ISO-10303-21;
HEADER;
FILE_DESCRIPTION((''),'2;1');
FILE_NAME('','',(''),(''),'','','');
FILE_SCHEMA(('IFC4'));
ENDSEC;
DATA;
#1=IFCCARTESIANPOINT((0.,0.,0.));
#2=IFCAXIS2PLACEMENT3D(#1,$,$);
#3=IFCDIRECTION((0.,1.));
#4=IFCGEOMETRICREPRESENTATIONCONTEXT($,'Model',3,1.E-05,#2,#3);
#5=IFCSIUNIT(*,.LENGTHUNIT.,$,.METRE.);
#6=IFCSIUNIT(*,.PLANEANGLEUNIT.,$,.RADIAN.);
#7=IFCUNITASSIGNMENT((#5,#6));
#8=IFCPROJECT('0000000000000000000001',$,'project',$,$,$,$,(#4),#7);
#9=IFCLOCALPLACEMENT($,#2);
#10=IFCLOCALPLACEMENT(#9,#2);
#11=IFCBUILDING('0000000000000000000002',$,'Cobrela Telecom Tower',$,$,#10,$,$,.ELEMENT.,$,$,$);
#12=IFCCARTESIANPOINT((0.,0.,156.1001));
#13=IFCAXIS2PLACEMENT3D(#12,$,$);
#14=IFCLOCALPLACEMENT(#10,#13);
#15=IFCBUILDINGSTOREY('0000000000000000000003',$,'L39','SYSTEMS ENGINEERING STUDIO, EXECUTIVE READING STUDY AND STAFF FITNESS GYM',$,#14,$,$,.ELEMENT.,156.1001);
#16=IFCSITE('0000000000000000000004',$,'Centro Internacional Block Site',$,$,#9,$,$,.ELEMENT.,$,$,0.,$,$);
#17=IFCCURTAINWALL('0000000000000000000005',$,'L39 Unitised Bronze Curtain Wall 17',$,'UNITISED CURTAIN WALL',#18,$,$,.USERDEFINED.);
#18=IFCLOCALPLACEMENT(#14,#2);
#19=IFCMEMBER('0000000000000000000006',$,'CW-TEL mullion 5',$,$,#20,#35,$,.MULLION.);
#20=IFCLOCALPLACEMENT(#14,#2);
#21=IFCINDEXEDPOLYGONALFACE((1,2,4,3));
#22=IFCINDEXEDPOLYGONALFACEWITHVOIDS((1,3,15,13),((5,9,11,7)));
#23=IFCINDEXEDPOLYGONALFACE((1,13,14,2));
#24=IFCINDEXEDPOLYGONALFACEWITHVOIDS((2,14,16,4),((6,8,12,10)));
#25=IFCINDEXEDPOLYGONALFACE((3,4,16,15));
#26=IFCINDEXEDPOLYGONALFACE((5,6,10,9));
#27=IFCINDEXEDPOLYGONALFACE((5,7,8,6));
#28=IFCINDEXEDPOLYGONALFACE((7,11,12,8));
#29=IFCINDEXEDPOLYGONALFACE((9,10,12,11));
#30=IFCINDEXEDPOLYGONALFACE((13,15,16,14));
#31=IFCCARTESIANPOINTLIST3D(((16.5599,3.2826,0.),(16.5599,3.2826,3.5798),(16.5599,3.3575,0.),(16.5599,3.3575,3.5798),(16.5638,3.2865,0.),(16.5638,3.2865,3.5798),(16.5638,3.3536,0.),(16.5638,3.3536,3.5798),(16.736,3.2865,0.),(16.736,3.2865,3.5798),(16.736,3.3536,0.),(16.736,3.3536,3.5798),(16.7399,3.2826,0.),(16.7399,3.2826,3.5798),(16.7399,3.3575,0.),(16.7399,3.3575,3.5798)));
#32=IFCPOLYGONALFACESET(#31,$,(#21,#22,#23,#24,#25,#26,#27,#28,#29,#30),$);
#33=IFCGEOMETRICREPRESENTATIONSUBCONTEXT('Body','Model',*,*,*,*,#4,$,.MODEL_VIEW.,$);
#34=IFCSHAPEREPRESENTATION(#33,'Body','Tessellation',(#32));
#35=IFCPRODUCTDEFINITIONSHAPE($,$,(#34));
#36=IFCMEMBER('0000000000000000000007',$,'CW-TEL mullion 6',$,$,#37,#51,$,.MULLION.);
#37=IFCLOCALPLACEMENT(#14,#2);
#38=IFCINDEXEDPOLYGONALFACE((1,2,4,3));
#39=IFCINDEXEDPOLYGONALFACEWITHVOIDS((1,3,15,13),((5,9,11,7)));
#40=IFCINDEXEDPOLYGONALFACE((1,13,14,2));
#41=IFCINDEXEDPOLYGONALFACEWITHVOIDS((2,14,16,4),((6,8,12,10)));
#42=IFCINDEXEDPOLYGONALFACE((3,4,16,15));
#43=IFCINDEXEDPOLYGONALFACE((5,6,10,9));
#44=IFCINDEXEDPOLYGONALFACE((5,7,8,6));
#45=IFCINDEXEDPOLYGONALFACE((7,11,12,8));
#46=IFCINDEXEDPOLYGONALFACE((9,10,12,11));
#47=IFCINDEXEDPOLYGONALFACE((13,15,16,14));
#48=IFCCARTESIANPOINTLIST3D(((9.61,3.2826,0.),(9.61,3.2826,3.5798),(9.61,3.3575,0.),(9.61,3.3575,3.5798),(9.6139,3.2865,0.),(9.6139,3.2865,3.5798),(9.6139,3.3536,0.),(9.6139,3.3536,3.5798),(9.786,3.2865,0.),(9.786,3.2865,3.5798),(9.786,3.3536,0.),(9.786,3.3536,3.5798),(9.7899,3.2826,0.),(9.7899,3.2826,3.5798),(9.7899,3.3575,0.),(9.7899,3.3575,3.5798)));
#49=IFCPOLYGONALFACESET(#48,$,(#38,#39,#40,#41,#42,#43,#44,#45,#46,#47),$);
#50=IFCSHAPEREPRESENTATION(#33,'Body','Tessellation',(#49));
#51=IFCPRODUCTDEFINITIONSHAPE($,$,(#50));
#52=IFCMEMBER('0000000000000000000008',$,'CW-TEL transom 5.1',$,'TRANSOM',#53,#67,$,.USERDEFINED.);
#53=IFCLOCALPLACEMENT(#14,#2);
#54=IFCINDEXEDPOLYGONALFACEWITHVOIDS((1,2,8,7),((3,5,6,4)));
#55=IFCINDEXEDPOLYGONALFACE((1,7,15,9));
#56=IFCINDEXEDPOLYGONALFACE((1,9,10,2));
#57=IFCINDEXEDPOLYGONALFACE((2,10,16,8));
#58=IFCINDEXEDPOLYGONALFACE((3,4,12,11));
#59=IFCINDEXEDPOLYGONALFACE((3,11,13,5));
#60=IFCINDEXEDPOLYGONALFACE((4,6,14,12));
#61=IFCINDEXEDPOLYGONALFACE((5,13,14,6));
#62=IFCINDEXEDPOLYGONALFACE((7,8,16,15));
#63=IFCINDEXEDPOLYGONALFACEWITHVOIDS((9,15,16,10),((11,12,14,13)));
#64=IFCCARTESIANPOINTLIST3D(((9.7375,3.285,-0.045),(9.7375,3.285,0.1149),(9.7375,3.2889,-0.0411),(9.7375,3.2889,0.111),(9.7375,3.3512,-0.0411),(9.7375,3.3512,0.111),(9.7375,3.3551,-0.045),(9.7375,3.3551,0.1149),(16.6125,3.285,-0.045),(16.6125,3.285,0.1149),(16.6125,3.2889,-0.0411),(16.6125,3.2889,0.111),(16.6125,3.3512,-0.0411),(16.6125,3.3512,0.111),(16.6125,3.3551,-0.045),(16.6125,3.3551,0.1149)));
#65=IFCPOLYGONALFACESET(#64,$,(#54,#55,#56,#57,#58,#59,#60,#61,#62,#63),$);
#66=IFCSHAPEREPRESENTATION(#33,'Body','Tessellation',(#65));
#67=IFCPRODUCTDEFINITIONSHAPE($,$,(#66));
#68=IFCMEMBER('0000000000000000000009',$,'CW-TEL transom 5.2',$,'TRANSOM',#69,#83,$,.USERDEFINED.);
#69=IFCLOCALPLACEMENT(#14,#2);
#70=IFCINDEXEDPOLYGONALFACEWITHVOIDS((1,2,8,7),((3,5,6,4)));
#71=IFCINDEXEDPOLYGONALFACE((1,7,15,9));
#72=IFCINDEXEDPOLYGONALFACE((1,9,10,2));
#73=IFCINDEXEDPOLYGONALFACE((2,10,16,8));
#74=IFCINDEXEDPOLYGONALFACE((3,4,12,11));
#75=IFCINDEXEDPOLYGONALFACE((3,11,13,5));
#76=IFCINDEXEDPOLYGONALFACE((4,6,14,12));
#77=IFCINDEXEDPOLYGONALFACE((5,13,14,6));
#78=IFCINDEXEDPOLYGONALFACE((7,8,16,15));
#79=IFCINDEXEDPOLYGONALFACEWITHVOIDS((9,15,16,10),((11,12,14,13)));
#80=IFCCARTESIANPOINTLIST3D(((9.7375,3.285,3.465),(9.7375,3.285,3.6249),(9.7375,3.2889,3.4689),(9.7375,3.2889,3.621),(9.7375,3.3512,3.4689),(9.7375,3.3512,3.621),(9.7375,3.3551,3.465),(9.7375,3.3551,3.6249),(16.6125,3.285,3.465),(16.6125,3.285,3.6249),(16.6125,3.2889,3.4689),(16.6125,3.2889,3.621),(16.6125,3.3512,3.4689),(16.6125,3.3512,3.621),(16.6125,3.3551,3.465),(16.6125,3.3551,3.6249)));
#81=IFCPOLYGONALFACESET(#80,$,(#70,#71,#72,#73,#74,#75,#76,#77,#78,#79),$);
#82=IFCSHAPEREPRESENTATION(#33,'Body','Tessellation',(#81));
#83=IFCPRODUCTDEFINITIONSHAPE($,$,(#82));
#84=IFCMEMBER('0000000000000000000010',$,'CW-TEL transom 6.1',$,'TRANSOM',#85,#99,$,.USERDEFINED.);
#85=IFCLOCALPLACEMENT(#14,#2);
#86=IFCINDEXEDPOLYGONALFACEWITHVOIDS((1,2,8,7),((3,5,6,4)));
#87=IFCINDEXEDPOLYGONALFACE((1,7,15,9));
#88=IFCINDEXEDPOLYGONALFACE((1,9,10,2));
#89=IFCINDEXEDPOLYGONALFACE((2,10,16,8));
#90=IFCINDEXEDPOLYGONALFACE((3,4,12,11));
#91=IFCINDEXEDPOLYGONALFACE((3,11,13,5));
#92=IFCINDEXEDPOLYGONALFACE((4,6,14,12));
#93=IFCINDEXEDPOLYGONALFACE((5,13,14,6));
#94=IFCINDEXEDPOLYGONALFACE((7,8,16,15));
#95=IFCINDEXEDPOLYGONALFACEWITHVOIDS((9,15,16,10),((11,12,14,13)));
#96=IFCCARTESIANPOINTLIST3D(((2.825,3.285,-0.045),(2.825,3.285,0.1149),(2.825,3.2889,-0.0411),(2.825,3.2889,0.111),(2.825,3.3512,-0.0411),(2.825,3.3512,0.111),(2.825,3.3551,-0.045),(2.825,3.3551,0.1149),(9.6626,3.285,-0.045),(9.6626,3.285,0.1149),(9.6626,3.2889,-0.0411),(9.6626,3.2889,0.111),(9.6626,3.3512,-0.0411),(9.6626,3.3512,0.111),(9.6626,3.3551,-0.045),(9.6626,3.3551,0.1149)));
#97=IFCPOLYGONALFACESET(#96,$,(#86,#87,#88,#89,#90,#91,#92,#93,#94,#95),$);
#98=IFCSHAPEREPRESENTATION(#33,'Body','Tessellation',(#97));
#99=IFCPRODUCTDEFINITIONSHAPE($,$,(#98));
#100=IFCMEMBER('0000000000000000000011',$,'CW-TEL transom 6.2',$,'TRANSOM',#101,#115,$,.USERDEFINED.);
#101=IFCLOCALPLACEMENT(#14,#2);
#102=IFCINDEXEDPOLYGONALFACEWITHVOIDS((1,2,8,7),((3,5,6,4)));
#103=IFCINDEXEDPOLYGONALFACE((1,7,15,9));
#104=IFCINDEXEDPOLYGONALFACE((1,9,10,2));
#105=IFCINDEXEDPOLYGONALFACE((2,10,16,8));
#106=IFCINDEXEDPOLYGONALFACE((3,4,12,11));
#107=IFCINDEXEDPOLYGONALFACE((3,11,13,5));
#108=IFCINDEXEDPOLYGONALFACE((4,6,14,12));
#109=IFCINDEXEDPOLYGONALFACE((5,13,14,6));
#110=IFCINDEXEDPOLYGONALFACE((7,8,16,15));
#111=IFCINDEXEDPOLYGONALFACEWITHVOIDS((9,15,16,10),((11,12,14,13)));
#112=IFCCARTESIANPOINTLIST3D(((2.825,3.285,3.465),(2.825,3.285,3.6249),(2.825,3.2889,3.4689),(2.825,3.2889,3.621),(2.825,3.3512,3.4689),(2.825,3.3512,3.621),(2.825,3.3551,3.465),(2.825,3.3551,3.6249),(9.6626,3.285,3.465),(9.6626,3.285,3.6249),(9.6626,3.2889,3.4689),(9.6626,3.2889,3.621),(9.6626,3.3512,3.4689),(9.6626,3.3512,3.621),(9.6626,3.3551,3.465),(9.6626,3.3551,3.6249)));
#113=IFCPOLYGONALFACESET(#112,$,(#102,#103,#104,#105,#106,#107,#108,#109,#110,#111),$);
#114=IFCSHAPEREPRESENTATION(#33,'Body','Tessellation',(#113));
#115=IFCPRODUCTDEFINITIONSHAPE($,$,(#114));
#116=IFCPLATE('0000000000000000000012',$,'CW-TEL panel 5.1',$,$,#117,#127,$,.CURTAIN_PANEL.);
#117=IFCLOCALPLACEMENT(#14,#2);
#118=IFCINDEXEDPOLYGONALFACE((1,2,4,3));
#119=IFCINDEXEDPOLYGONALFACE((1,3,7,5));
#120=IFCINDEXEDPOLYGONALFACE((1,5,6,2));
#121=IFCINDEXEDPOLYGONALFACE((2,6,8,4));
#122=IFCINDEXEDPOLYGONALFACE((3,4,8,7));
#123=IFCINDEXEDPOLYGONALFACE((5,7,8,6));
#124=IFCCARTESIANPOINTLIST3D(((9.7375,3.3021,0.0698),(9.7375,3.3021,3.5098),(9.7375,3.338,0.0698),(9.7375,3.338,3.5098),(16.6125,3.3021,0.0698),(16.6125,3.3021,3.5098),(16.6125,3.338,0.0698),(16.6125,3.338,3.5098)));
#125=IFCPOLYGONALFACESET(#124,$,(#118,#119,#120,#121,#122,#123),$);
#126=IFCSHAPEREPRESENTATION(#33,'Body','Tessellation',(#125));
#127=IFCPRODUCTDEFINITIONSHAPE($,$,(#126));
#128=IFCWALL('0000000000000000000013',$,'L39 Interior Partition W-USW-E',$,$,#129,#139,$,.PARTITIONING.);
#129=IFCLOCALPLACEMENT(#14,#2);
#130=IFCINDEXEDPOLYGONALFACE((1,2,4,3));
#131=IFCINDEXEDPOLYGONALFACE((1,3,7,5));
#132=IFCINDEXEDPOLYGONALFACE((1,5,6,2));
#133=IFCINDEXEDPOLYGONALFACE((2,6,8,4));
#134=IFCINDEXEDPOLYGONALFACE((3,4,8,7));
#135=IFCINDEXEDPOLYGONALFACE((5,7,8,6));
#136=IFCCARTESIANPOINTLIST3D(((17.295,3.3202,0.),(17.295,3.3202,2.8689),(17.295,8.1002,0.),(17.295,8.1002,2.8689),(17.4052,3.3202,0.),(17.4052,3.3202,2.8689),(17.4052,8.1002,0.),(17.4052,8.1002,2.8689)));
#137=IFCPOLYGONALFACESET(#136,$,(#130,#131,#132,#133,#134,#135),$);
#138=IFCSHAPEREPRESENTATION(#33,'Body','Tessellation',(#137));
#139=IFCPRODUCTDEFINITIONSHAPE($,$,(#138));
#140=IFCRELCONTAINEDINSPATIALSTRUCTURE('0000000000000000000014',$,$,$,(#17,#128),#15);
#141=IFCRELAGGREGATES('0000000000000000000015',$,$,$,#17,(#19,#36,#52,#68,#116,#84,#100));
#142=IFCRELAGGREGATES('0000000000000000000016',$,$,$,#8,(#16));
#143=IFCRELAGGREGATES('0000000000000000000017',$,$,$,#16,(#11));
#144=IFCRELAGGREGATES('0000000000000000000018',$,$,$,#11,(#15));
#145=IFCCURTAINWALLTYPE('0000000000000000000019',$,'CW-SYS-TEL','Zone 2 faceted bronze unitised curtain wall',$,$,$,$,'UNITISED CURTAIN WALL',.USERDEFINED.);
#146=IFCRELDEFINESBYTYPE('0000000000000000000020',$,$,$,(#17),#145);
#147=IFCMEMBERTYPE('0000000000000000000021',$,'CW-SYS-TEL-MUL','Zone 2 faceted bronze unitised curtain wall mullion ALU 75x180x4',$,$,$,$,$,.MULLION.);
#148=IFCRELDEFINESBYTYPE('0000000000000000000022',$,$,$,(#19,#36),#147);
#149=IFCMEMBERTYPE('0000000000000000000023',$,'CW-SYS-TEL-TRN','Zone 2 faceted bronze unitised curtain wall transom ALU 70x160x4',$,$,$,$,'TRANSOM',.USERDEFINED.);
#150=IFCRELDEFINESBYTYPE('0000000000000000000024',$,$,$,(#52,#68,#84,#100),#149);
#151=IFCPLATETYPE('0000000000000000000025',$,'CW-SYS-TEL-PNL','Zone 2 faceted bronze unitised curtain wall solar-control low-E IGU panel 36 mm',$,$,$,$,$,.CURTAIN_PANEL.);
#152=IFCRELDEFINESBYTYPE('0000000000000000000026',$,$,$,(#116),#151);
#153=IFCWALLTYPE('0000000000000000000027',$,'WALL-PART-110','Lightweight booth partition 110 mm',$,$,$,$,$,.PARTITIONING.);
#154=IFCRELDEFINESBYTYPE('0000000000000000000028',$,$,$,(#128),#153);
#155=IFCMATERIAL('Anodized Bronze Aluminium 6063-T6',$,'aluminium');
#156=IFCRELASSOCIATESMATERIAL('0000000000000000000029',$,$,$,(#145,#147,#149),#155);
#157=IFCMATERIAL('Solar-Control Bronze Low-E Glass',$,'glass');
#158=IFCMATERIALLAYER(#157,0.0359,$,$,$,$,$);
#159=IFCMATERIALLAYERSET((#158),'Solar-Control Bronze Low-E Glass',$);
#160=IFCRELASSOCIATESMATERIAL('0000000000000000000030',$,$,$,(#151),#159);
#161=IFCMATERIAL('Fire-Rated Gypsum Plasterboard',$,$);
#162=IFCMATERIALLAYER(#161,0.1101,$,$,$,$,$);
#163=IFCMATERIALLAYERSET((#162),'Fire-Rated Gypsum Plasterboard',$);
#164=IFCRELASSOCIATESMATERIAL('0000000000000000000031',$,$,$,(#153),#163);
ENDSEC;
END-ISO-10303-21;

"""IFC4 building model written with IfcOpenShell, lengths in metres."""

from ifc_helpers import new_model, si_unit, direction, frame, frame_2d, origin, origin_2d, place, context, subcontext, project, spatial, rectangle, hollow_rectangle, extrude, material, layer, layer_set, material_profile, profile_set, type_object, element, aggregate, save


model = new_model("IFC4")

# Units and contexts
model_context = context("Model", 3, precision=1e-05, world=origin(), true_north=direction((0.0, 1.0)))
body_context = subcontext(model_context, "Body", "Model", "MODEL_VIEW")
ifc_project = project(units=[si_unit("LENGTHUNIT", "METRE"), si_unit("PLANEANGLEUNIT", "RADIAN")], contexts=[model_context])

# Site, building, storey
site_placement = place(None, origin())
site = spatial("IfcSite", under=ifc_project, at=site_placement, Name="Centro Internacional Block Site", CompositionType="ELEMENT", RefElevation=0.0)
building_placement = place(site_placement, origin())
building = spatial("IfcBuilding", under=site, at=building_placement, Name="Cobrela Telecom Tower", CompositionType="ELEMENT")
storey_placement = place(building_placement, frame((0.0, 0.0, 156.1001)))
storey = spatial("IfcBuildingStorey", under=building, at=storey_placement, Name="L39", Description="SYSTEMS ENGINEERING STUDIO, EXECUTIVE READING STUDY AND STAFF FITNESS GYM", CompositionType="ELEMENT", Elevation=156.1001)

# Curtain wall, members, plate
ifc_material_1 = material(Name="Anodized Bronze Aluminium 6063-T6", Category="aluminium")
curtain_wall_type = type_object("IfcCurtainWallType", Name="CW-SYS-TEL", Description="Zone 2 faceted bronze unitised curtain wall", ElementType="UNITISED CURTAIN WALL", PredefinedType="USERDEFINED", material=ifc_material_1)
curtain_wall_placement = place(storey_placement, origin())
curtain_wall = element("IfcCurtainWall", 1, at=curtain_wall_placement, inside=storey, type_object=curtain_wall_type, Name="L39 Unitised Bronze Curtain Wall 17", ObjectType="UNITISED CURTAIN WALL", PredefinedType="USERDEFINED")
ifc_material_profile_1 = material_profile(ifc_material_1, hollow_rectangle(XDim=0.075, YDim=0.1799, WallThickness=0.0039, at=origin_2d()), Name="ALU 75x180x4")
ifc_profile_set_1 = profile_set([ifc_material_profile_1], Name="Anodized Bronze Aluminium 6063-T6")
member_type_1 = type_object("IfcMemberType", Name="CW-SYS-TEL-MUL", Description="Zone 2 faceted bronze unitised curtain wall mullion ALU 75x180x4", PredefinedType="MULLION", material=ifc_profile_set_1)
member_1_placement = place(storey_placement, frame((16.6499, 3.3201, 0.0), z_axis=(0.0, 0.0, 1.0), x_axis=(0.0, -1.0, 0.0)))
member_1 = element("IfcMember", 2, at=member_1_placement, type_object=member_type_1, Name="CW-TEL mullion 5", PredefinedType="MULLION", context=body_context, shape_type="SweptSolid", body=[
    extrude(hollow_rectangle(XDim=0.075, YDim=0.1799, WallThickness=0.0039, at=origin_2d()), origin(), (0.0, 0.0, 1.0), 3.5798),
])
member_2_placement = place(storey_placement, frame((9.7, 3.3201, 0.0), z_axis=(0.0, 0.0, 1.0), x_axis=(0.0, -1.0, 0.0)))
member_2 = element("IfcMember", 3, at=member_2_placement, type_object=member_type_1, Name="CW-TEL mullion 6", PredefinedType="MULLION", context=body_context, shape_type="SweptSolid", body=[
    extrude(hollow_rectangle(XDim=0.075, YDim=0.1799, WallThickness=0.0039, at=origin_2d()), origin(), (0.0, 0.0, 1.0), 3.5798),
])
ifc_material_profile_2 = material_profile(ifc_material_1, hollow_rectangle(XDim=0.0701, YDim=0.1599, WallThickness=0.0039, at=origin_2d()), Name="ALU 70x160x4")
ifc_profile_set_2 = profile_set([ifc_material_profile_2], Name="Anodized Bronze Aluminium 6063-T6")
member_type_2 = type_object("IfcMemberType", Name="CW-SYS-TEL-TRN", Description="Zone 2 faceted bronze unitised curtain wall transom ALU 70x160x4", ElementType="TRANSOM", PredefinedType="USERDEFINED", material=ifc_profile_set_2)
member_3_placement = place(storey_placement, frame((16.6125, 3.3201, 0.0349), z_axis=(-1.0, 0.0, 0.0), x_axis=(0.0, -1.0, 0.0)))
member_3 = element("IfcMember", 4, at=member_3_placement, type_object=member_type_2, Name="CW-TEL transom 5.1", ObjectType="TRANSOM", PredefinedType="USERDEFINED", context=body_context, shape_type="SweptSolid", body=[
    extrude(hollow_rectangle(XDim=0.0701, YDim=0.1599, WallThickness=0.0039, at=origin_2d()), origin(), (0.0, 0.0, 1.0), 6.875),
])
member_4_placement = place(storey_placement, frame((16.6125, 3.3201, 3.5449), z_axis=(-1.0, 0.0, 0.0), x_axis=(0.0, -1.0, 0.0)))
member_4 = element("IfcMember", 5, at=member_4_placement, type_object=member_type_2, Name="CW-TEL transom 5.2", ObjectType="TRANSOM", PredefinedType="USERDEFINED", context=body_context, shape_type="SweptSolid", body=[
    extrude(hollow_rectangle(XDim=0.0701, YDim=0.1599, WallThickness=0.0039, at=origin_2d()), origin(), (0.0, 0.0, 1.0), 6.875),
])
member_5_placement = place(storey_placement, frame((9.6626, 3.3201, 0.0349), z_axis=(-1.0, 0.0, 0.0), x_axis=(0.0, -1.0, 0.0)))
member_5 = element("IfcMember", 6, at=member_5_placement, type_object=member_type_2, Name="CW-TEL transom 6.1", ObjectType="TRANSOM", PredefinedType="USERDEFINED", context=body_context, shape_type="SweptSolid", body=[
    extrude(hollow_rectangle(XDim=0.0701, YDim=0.1599, WallThickness=0.0039, at=origin_2d()), origin(), (0.0, 0.0, 1.0), 6.8376),
])
member_6_placement = place(storey_placement, frame((9.6626, 3.3201, 3.5449), z_axis=(-1.0, 0.0, 0.0), x_axis=(0.0, -1.0, 0.0)))
member_6 = element("IfcMember", 7, at=member_6_placement, type_object=member_type_2, Name="CW-TEL transom 6.2", ObjectType="TRANSOM", PredefinedType="USERDEFINED", context=body_context, shape_type="SweptSolid", body=[
    extrude(hollow_rectangle(XDim=0.0701, YDim=0.1599, WallThickness=0.0039, at=origin_2d()), origin(), (0.0, 0.0, 1.0), 6.8376),
])
ifc_material_2 = material(Name="Solar-Control Bronze Low-E Glass", Category="glass")
ifc_layer_1 = layer(ifc_material_2, 0.0359)
ifc_layer_set_1 = layer_set([ifc_layer_1], Name="Solar-Control Bronze Low-E Glass")
plate_type = type_object("IfcPlateType", Name="CW-SYS-TEL-PNL", Description="Zone 2 faceted bronze unitised curtain wall solar-control low-E IGU panel 36 mm", PredefinedType="CURTAIN_PANEL", material=ifc_layer_set_1)
plate_placement = place(storey_placement, frame((13.175, 3.3201, 0.0698), z_axis=(0.0, 0.0, 1.0), x_axis=(-1.0, 0.0, 0.0)))
plate = element("IfcPlate", 8, at=plate_placement, type_object=plate_type, Name="CW-TEL panel 5.1", PredefinedType="CURTAIN_PANEL", context=body_context, shape_type="SweptSolid", body=[
    extrude(rectangle(XDim=6.875, YDim=0.0359, at=origin_2d()), origin(), (0.0, 0.0, 1.0), 3.4399),
])
aggregate(curtain_wall, [member_1, member_2, member_3, member_4, plate, member_5, member_6])

# Wall
ifc_material_3 = material(Name="Fire-Rated Gypsum Plasterboard")
ifc_layer_2 = layer(ifc_material_3, 0.1101)
ifc_layer_set_2 = layer_set([ifc_layer_2], Name="Fire-Rated Gypsum Plasterboard")
wall_type_1 = type_object("IfcWallType", Name="WALL-PART-110", Description="Lightweight booth partition 110 mm", PredefinedType="PARTITIONING", material=ifc_layer_set_2)
wall_1_placement = place(storey_placement, frame((17.3501, 3.3201, 0.0), z_axis=(0.0, 0.0, 1.0), x_axis=(0.0, 1.0, 0.0)))
element("IfcWall", 9, at=wall_1_placement, inside=storey, type_object=wall_type_1, Name="L39 Interior Partition W-USW-E", PredefinedType="PARTITIONING", context=body_context, shape_type="SweptSolid", body=[
    extrude(rectangle(XDim=4.78, YDim=0.1101, at=frame_2d((2.3901, 0.0))), origin(), (0.0, 0.0, 1.0), 2.8689),
])

save(model, "model.ifc")
